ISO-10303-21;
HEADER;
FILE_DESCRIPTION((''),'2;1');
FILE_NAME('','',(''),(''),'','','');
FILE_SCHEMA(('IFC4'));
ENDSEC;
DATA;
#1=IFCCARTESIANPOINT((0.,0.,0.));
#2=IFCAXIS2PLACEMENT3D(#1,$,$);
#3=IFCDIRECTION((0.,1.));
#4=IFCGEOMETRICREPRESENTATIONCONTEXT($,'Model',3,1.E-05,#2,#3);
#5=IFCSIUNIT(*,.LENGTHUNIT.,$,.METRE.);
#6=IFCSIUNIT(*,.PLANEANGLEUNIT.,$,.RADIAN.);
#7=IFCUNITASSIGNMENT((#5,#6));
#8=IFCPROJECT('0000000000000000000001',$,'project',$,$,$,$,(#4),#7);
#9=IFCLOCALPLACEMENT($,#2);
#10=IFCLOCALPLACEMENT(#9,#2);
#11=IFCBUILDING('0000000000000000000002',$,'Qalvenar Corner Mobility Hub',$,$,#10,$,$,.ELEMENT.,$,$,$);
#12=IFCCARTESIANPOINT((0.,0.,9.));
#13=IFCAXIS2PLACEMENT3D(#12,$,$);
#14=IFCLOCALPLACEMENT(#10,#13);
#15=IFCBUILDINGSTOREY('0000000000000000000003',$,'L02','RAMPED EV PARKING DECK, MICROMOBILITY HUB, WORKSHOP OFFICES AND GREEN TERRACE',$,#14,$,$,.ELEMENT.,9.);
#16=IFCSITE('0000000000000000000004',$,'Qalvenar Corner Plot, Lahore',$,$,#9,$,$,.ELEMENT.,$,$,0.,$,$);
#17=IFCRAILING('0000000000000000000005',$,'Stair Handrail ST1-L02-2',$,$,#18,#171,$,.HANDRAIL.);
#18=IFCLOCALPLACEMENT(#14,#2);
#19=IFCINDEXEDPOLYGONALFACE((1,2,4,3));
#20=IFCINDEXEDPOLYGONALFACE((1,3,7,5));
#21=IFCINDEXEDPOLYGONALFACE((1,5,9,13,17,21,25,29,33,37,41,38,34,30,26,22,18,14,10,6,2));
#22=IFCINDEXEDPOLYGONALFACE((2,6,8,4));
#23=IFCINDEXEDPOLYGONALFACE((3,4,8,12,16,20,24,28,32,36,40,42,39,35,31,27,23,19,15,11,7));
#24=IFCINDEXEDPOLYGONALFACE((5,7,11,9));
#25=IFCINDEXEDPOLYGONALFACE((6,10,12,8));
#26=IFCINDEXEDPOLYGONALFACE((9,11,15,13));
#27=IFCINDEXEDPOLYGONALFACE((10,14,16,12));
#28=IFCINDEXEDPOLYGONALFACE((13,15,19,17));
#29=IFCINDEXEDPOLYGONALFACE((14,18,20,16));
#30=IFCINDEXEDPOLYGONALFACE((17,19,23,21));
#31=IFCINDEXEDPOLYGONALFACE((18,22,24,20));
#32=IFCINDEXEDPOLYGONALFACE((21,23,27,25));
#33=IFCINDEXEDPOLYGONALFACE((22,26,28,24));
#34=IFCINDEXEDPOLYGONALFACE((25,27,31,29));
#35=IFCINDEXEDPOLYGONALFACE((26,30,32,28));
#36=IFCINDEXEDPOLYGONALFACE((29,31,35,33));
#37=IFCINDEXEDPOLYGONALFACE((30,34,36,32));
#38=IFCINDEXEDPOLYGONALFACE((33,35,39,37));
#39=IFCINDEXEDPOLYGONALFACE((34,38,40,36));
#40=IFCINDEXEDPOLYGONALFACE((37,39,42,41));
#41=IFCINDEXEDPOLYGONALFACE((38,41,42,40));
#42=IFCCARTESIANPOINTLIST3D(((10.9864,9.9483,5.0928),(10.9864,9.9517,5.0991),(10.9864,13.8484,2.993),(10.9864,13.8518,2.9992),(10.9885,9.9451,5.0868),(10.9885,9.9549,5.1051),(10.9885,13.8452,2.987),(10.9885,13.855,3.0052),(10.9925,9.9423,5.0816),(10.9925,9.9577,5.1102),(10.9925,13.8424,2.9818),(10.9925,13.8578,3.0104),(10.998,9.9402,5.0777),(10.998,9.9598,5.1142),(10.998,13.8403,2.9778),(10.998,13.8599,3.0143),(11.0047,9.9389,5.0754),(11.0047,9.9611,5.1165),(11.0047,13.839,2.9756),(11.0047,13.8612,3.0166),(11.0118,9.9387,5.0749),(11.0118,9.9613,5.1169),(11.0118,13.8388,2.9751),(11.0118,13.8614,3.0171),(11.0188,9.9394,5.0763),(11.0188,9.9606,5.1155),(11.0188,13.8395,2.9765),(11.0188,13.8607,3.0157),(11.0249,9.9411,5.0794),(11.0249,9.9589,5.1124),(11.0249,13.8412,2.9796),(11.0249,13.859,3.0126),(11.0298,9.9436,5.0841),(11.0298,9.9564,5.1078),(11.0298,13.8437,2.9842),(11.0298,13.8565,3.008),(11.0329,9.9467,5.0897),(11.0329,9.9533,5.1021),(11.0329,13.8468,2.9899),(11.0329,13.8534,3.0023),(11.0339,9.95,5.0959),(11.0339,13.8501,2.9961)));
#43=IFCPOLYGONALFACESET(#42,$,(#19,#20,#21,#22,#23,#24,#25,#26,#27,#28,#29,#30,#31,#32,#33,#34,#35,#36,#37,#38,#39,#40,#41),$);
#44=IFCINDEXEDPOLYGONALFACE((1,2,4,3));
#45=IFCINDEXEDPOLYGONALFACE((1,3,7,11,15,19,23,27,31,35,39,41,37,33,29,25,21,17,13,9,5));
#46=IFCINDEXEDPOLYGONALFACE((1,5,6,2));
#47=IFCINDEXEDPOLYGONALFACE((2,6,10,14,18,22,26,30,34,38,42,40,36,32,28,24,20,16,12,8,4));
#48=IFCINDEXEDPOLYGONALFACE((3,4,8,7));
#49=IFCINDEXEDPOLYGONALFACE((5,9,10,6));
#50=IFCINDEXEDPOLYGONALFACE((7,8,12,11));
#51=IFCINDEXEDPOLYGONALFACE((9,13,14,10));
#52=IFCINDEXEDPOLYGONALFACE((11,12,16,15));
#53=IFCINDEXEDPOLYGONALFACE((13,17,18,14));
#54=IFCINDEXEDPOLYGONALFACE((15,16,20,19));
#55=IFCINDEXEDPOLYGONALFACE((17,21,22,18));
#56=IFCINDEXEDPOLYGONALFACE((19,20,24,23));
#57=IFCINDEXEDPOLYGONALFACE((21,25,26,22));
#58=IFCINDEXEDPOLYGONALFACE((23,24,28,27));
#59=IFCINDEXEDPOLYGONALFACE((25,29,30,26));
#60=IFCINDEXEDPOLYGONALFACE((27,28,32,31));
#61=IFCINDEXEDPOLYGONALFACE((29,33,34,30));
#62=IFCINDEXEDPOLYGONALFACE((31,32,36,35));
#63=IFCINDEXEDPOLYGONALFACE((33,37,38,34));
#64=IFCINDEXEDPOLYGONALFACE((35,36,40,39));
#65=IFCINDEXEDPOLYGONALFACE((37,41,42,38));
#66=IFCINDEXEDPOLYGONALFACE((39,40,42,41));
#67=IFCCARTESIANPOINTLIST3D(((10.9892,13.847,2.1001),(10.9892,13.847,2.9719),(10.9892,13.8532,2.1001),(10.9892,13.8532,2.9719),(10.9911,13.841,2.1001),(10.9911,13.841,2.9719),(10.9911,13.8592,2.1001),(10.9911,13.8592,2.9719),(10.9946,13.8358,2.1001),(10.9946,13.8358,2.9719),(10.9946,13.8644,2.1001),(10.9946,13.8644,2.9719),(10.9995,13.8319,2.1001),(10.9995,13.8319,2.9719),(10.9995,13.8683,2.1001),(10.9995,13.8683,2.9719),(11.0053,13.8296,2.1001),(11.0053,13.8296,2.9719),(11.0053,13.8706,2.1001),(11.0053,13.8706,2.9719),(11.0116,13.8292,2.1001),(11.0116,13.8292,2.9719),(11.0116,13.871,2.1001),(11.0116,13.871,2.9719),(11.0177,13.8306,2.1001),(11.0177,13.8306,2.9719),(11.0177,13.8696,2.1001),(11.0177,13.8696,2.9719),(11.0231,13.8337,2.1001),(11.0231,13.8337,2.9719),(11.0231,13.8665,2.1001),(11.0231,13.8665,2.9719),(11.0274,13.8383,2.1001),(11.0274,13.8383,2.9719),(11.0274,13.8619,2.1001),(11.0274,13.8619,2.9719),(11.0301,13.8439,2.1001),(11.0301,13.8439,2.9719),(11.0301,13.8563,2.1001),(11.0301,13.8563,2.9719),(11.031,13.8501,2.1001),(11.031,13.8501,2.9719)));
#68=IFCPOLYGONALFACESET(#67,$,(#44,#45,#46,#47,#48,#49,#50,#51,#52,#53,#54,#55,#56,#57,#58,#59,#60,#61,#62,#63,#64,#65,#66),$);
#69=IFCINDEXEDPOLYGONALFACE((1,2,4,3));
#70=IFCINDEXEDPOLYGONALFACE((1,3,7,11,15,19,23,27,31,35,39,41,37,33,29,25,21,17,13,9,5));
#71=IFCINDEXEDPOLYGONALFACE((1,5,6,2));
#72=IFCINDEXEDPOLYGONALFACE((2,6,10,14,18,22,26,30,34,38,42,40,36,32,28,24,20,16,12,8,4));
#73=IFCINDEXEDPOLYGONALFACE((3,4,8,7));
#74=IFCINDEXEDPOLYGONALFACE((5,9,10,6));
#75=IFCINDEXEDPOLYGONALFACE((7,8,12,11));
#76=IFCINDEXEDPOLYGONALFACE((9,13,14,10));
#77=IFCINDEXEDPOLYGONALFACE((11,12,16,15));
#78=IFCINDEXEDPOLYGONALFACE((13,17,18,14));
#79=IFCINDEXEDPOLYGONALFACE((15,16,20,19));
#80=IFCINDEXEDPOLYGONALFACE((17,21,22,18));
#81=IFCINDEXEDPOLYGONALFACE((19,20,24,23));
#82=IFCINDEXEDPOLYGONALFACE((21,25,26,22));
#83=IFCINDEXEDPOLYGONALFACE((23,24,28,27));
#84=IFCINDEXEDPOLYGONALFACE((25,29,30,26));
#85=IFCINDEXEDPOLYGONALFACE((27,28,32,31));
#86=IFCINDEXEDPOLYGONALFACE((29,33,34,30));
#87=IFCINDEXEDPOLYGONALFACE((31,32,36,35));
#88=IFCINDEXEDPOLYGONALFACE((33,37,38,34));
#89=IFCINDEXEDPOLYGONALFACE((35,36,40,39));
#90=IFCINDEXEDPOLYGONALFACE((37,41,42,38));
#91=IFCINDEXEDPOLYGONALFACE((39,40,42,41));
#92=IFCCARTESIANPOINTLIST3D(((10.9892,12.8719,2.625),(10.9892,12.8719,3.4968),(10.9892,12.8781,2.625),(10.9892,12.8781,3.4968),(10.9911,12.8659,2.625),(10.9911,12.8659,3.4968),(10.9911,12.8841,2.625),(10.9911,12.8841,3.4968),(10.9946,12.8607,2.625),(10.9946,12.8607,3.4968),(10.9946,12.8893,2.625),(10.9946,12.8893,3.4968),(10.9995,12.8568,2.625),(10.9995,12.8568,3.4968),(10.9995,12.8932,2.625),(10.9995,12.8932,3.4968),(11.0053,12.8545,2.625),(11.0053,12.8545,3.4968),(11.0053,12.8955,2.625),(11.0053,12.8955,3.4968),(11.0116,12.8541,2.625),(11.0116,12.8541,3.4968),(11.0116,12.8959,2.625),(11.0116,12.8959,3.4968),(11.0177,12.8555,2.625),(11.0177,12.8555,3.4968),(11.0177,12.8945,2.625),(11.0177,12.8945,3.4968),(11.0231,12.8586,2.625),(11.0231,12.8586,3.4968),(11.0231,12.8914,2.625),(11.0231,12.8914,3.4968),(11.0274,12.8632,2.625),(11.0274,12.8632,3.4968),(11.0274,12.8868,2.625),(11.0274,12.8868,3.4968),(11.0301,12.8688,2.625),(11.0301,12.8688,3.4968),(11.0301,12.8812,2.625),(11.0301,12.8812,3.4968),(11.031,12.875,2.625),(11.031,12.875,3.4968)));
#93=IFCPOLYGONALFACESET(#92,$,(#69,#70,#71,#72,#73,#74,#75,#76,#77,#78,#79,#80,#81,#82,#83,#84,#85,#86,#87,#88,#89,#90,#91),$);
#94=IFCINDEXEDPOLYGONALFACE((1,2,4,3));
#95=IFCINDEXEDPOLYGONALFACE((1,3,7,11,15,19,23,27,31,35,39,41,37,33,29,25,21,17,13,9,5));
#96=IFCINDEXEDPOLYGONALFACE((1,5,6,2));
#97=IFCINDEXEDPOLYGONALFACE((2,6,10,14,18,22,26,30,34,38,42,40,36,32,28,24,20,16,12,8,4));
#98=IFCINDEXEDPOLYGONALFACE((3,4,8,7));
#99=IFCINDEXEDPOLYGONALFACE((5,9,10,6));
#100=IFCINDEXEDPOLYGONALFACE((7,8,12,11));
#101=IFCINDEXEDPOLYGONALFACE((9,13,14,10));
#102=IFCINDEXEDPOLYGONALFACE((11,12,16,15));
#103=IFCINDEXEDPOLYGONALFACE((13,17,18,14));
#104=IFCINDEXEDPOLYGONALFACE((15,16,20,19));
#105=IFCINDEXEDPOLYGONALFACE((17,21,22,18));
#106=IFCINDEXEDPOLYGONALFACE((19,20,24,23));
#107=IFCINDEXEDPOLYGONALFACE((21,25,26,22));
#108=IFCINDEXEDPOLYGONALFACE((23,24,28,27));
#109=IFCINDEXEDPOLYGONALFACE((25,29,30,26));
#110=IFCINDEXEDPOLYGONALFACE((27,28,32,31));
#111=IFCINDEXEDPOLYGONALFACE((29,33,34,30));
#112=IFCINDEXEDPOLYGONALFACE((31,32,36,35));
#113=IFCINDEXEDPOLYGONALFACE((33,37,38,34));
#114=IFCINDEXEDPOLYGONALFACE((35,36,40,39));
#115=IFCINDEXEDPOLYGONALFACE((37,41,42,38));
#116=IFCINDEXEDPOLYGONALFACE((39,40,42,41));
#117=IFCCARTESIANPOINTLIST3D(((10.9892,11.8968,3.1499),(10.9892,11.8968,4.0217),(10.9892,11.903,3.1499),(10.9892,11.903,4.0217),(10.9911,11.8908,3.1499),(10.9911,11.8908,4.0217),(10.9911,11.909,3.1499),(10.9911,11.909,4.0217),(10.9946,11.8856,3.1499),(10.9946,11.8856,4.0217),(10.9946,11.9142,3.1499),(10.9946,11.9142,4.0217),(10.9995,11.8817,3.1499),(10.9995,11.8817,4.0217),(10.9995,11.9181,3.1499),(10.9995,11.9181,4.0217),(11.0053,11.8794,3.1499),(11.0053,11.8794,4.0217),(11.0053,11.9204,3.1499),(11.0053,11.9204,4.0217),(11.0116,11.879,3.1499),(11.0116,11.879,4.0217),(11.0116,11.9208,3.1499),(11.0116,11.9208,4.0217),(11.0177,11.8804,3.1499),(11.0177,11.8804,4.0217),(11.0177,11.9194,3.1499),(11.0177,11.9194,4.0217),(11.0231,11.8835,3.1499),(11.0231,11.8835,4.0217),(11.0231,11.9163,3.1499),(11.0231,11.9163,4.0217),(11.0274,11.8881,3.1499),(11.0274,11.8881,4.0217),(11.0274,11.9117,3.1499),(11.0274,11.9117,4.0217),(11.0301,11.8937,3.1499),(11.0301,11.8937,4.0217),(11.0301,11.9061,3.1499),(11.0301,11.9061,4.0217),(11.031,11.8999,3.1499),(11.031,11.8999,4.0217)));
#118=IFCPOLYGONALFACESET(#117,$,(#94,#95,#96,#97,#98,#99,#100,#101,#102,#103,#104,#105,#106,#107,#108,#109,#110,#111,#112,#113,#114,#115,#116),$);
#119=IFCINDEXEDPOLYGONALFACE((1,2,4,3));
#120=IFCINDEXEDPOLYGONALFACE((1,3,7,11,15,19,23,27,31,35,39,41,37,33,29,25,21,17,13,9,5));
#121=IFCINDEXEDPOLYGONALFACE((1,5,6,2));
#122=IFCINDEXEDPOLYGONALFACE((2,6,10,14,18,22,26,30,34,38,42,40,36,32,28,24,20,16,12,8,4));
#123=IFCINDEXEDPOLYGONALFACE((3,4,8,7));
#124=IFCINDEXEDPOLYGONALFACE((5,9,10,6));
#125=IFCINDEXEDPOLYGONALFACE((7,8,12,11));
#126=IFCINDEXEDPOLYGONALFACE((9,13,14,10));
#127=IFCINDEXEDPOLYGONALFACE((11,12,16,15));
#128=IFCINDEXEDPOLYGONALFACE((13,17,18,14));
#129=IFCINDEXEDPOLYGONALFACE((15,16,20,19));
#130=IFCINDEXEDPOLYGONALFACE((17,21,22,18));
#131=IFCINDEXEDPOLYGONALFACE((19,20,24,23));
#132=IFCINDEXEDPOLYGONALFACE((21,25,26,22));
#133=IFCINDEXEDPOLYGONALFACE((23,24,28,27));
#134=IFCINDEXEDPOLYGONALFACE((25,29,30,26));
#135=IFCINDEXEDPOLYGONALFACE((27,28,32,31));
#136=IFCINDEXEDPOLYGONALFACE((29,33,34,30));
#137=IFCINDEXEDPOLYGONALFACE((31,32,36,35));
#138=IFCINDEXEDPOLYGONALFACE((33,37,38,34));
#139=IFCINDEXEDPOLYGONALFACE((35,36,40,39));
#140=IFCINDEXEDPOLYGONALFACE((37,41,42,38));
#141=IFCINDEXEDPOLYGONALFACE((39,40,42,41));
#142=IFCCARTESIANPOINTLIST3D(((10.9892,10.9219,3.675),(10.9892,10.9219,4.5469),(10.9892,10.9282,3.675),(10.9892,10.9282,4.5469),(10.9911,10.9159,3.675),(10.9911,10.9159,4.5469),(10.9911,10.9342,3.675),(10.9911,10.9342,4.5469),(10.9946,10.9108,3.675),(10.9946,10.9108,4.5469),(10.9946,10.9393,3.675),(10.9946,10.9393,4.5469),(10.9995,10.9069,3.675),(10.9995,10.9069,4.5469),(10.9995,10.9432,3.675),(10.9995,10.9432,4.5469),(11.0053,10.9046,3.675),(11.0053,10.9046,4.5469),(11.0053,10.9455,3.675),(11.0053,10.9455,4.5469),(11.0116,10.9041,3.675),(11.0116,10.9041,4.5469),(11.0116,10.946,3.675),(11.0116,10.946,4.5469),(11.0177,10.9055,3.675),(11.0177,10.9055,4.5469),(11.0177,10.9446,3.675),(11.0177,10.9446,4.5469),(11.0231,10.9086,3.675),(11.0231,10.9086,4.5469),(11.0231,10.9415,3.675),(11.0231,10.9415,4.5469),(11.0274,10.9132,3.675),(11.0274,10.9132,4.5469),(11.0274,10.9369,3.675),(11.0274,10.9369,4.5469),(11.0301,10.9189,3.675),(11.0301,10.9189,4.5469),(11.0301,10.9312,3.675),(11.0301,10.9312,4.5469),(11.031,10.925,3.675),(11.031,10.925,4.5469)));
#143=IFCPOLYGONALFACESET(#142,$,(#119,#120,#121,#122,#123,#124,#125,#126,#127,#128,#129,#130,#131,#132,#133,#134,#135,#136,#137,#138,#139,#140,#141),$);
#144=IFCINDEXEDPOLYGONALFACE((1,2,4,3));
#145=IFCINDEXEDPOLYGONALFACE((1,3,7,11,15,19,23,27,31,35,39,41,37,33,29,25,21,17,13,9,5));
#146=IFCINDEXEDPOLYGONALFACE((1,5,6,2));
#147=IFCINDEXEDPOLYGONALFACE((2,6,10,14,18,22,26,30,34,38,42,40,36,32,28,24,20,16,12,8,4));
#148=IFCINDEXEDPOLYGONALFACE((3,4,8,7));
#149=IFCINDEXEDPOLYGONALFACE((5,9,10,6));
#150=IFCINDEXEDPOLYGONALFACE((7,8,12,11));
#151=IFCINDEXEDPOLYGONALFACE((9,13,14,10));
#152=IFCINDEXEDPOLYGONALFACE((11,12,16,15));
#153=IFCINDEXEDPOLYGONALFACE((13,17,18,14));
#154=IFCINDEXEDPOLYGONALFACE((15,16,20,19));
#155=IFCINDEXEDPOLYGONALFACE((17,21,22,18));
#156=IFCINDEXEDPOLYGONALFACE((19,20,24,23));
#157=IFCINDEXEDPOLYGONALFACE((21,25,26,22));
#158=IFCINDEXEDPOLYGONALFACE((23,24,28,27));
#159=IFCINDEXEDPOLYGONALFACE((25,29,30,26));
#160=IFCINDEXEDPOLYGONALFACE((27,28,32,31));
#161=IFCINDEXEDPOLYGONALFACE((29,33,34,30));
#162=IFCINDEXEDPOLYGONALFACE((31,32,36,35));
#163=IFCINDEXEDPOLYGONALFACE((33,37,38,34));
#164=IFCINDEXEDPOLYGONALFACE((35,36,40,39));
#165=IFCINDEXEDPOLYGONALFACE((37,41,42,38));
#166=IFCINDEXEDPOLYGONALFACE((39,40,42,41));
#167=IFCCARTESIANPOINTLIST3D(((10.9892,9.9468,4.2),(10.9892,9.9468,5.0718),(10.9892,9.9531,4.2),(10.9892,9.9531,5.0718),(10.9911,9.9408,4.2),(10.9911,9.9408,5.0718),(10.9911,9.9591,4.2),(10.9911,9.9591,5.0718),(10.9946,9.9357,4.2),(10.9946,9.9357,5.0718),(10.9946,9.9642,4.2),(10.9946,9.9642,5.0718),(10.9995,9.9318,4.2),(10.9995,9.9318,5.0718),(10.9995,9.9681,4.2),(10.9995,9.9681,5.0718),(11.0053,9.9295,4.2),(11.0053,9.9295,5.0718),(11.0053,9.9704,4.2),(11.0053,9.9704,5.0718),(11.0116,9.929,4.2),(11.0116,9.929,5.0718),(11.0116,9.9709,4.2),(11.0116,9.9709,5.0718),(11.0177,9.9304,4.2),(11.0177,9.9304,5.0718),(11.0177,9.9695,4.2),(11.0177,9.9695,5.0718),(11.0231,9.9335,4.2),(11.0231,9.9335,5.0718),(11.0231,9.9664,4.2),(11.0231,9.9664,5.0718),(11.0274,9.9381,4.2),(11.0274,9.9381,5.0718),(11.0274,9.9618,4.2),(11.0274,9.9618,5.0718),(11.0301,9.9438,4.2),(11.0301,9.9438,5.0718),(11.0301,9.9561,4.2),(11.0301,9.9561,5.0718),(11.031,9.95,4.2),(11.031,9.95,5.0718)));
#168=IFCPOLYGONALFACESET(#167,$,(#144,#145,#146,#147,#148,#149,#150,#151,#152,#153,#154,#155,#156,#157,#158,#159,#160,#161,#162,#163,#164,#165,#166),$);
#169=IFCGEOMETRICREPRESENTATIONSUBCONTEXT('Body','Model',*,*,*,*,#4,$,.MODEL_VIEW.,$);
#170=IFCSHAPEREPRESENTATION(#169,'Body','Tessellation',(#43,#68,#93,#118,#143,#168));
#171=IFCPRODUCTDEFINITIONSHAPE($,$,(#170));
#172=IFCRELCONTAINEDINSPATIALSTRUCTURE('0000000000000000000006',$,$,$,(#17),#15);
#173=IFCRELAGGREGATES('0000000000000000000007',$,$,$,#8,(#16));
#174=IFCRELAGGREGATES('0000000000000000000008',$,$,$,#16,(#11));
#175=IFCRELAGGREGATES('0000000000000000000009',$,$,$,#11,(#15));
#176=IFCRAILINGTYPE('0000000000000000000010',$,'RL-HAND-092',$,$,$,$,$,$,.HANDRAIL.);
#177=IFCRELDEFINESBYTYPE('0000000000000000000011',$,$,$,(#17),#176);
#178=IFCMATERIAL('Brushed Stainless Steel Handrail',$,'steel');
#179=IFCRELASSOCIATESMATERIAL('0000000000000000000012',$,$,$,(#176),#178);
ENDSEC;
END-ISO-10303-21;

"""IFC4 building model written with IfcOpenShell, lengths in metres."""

from ifc_helpers import new_model, si_unit, direction, frame, origin, origin_2d, place, context, subcontext, project, spatial, circle, extrude, material, type_object, element, save


model = new_model("IFC4")

# Units and contexts
model_context = context("Model", 3, precision=1e-05, world=origin(), true_north=direction((0.0, 1.0)))
body_context = subcontext(model_context, "Body", "Model", "MODEL_VIEW")
ifc_project = project(units=[si_unit("LENGTHUNIT", "METRE"), si_unit("PLANEANGLEUNIT", "RADIAN")], contexts=[model_context])

# Site, building, storey
site_placement = place(None, origin())
site = spatial("IfcSite", under=ifc_project, at=site_placement, Name="Qalvenar Corner Plot, Lahore", CompositionType="ELEMENT", RefElevation=0.0)
building_placement = place(site_placement, origin())
building = spatial("IfcBuilding", under=site, at=building_placement, Name="Qalvenar Corner Mobility Hub", CompositionType="ELEMENT")
storey_placement = place(building_placement, frame((0.0, 0.0, 9.0)))
storey = spatial("IfcBuildingStorey", under=building, at=storey_placement, Name="L02", Description="RAMPED EV PARKING DECK, MICROMOBILITY HUB, WORKSHOP OFFICES AND GREEN TERRACE", CompositionType="ELEMENT", Elevation=9.0)

# Railing
ifc_material_1 = material(Name="Brushed Stainless Steel Handrail", Category="steel")
railing_type_1 = type_object("IfcRailingType", Name="RL-HAND-092", PredefinedType="HANDRAIL", material=ifc_material_1)
railing_1_placement = place(storey_placement, frame((11.01, 13.8501, 2.1001)))
element("IfcRailing", 1, at=railing_1_placement, inside=storey, type_object=railing_type_1, Name="Stair Handrail ST1-L02-2", PredefinedType="HANDRAIL", context=body_context, shape_type="SweptSolid", body=[
    extrude(circle(Radius=0.0239, at=origin_2d()), frame((0.0, 0.0, 0.896), z_axis=(0.0, -0.880492, 0.47406), x_axis=(1.0, 0.0, 0.0)), (0.0, 0.0, 1.0), 4.4294),
    extrude(circle(Radius=0.021, at=origin_2d()), origin(), (0.0, 0.0, 1.0), 0.8718),
    extrude(circle(Radius=0.021, at=origin_2d()), frame((0.0, -0.9751, 0.5249)), (0.0, 0.0, 1.0), 0.8718),
    extrude(circle(Radius=0.021, at=origin_2d()), frame((0.0, -1.9502, 1.0498)), (0.0, 0.0, 1.0), 0.8718),
    extrude(circle(Radius=0.021, at=origin_2d()), frame((0.0, -2.925, 1.575)), (0.0, 0.0, 1.0), 0.8718),
    extrude(circle(Radius=0.021, at=origin_2d()), frame((0.0, -3.9001, 2.0999)), (0.0, 0.0, 1.0), 0.8718),
])

save(model, "model.ifc")
